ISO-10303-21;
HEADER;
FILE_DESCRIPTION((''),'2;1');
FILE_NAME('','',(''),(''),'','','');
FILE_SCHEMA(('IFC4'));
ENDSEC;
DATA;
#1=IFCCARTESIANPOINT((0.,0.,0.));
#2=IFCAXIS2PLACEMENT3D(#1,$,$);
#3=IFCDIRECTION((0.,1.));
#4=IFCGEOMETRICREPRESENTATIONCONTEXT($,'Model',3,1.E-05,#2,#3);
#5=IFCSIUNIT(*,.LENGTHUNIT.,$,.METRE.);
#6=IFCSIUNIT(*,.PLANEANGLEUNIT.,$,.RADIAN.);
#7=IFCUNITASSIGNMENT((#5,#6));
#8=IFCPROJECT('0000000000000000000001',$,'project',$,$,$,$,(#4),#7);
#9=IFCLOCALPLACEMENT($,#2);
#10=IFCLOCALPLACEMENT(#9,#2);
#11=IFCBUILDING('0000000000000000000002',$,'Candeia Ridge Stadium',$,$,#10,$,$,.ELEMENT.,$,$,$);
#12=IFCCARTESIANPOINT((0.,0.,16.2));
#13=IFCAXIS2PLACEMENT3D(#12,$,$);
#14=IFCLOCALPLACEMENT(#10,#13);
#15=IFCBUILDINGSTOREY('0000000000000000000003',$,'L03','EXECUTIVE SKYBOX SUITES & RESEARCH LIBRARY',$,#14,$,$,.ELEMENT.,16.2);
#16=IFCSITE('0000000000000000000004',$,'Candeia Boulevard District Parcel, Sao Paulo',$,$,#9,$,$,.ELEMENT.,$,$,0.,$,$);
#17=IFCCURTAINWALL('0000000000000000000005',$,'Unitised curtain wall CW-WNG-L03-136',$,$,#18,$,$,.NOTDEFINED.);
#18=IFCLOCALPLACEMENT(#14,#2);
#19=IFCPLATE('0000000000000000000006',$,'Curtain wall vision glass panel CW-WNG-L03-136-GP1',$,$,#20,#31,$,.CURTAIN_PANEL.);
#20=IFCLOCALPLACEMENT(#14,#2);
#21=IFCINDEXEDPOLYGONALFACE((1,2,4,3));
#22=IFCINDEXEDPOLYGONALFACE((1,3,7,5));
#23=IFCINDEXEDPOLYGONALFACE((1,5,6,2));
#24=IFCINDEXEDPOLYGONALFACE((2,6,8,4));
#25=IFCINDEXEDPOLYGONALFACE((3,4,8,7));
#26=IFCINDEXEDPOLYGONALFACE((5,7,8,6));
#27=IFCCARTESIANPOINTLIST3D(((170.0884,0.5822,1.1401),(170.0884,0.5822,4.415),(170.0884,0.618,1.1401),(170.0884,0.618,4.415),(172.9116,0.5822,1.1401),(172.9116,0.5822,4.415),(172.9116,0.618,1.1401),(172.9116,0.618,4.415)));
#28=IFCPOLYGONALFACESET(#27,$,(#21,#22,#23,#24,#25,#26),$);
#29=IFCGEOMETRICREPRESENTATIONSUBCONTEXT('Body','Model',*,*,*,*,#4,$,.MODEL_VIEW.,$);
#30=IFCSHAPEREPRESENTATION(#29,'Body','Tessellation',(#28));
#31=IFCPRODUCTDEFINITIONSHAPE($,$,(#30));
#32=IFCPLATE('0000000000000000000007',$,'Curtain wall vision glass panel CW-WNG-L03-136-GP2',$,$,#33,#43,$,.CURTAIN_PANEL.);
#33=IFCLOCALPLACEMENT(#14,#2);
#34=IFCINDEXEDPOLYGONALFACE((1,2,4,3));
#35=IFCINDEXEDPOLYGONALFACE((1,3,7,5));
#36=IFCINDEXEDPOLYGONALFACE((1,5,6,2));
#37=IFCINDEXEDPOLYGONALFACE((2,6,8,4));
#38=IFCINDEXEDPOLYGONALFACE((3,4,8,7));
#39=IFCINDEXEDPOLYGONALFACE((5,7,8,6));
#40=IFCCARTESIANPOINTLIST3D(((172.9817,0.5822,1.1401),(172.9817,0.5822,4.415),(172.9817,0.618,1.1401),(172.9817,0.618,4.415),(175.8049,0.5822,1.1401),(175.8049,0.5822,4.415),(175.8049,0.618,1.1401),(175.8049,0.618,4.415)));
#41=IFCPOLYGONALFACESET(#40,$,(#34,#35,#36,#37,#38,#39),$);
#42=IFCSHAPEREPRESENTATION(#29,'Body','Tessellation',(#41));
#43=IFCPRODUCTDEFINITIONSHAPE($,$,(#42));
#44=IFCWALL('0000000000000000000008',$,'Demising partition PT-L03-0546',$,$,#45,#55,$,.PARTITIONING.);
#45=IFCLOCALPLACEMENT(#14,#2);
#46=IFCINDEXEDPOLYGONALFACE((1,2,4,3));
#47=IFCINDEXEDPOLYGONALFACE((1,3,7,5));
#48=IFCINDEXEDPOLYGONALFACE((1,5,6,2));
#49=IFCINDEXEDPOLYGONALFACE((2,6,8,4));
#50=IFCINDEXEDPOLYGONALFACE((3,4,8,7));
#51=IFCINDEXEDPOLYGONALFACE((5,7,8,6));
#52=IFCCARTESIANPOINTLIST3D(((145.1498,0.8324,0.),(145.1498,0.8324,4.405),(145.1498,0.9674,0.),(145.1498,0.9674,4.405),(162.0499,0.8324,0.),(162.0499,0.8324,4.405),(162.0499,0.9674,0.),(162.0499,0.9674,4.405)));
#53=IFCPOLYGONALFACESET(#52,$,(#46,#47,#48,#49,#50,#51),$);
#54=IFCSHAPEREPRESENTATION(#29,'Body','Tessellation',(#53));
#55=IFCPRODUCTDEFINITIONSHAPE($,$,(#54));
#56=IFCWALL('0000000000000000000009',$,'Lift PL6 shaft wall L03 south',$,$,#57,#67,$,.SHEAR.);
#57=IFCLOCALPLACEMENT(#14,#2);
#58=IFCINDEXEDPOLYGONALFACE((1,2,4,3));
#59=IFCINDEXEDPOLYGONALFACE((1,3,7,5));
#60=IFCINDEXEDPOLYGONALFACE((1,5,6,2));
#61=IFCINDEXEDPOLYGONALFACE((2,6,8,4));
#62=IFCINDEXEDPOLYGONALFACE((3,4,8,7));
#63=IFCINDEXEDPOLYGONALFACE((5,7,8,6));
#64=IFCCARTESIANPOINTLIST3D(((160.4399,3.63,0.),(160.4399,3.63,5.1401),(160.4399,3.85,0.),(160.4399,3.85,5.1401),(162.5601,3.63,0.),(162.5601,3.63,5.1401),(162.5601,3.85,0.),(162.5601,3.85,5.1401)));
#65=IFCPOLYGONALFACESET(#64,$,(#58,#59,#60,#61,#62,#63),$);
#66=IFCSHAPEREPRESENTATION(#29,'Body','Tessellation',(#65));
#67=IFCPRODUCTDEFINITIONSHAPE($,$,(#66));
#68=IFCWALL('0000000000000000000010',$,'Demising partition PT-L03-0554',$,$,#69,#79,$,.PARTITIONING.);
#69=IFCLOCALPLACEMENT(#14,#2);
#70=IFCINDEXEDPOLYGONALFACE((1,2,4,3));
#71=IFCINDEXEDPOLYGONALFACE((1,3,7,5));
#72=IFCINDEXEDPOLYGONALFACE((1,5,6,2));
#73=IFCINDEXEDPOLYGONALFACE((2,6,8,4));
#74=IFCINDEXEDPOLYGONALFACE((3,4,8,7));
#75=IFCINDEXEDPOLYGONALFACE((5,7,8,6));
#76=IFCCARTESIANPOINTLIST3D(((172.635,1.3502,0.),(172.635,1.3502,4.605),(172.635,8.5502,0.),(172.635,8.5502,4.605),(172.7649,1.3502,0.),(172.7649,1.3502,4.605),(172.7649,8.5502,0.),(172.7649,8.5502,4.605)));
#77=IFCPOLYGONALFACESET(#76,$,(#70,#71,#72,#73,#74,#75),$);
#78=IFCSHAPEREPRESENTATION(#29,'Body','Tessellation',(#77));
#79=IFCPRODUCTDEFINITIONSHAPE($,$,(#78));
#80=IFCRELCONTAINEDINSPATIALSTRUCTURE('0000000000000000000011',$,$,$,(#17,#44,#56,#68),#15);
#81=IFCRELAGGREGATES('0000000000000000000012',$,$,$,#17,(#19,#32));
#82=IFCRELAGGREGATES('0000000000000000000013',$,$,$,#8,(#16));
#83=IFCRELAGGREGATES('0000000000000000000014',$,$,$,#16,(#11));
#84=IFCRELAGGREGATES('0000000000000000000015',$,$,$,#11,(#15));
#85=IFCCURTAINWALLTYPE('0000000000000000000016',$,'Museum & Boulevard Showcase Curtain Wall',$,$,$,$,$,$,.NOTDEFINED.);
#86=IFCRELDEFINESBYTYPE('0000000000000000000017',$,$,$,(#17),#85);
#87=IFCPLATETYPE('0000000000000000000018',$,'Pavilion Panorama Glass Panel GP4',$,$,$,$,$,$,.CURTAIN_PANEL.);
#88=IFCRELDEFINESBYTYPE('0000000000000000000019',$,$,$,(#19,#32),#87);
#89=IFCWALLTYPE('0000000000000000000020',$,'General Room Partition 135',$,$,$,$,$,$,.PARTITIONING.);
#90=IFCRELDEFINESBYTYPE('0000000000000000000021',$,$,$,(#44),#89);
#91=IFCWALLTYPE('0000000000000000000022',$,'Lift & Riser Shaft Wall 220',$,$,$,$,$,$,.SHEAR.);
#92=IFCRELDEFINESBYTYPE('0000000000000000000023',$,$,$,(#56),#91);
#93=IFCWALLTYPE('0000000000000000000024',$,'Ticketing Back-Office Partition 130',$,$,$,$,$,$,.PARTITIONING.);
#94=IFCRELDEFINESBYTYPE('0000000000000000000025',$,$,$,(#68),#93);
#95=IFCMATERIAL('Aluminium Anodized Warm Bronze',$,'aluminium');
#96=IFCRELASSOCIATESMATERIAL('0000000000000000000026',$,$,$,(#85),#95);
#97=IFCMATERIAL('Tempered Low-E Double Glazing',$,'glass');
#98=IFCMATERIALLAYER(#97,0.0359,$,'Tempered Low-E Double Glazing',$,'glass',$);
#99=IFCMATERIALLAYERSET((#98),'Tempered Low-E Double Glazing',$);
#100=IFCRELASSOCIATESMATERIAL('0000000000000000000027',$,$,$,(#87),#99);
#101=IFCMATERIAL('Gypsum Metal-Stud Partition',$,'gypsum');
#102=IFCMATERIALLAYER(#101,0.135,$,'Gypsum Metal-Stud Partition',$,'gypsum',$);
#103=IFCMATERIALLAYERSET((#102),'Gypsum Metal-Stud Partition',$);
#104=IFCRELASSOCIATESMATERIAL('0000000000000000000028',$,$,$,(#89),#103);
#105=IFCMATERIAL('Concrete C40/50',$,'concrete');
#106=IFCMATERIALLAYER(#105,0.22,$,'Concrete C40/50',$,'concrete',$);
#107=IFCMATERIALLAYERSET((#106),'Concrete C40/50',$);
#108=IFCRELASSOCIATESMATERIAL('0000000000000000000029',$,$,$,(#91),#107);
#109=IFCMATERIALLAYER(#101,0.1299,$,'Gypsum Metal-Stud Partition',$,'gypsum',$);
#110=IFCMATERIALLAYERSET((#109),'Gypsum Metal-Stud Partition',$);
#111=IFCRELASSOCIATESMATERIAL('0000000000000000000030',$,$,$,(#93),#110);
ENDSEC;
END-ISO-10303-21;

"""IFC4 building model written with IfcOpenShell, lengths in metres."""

from ifc_helpers import new_model, si_unit, direction, frame, frame_2d, origin, origin_2d, place, context, subcontext, project, spatial, rectangle, extrude, material, layer, layer_set, type_object, element, aggregate, save


model = new_model("IFC4")

# Units and contexts
model_context = context("Model", 3, precision=1e-05, world=origin(), true_north=direction((0.0, 1.0)))
body_context = subcontext(model_context, "Body", "Model", "MODEL_VIEW")
ifc_project = project(units=[si_unit("LENGTHUNIT", "METRE"), si_unit("PLANEANGLEUNIT", "RADIAN")], contexts=[model_context])

# Site, building, storey
site_placement = place(None, origin())
site = spatial("IfcSite", under=ifc_project, at=site_placement, Name="Candeia Boulevard District Parcel, Sao Paulo", CompositionType="ELEMENT", RefElevation=0.0)
building_placement = place(site_placement, origin())
building = spatial("IfcBuilding", under=site, at=building_placement, Name="Candeia Ridge Stadium", CompositionType="ELEMENT")
storey_placement = place(building_placement, frame((0.0, 0.0, 16.2)))
storey = spatial("IfcBuildingStorey", under=building, at=storey_placement, Name="L03", Description="EXECUTIVE SKYBOX SUITES & RESEARCH LIBRARY", CompositionType="ELEMENT", Elevation=16.2)

# Shared definitions
ifc_material_1 = material(Name="Concrete C40/50", Category="concrete")

# Curtain wall
ifc_material_2 = material(Name="Aluminium Anodized Warm Bronze", Category="aluminium")
curtain_wall_type = type_object("IfcCurtainWallType", Name="Museum & Boulevard Showcase Curtain Wall", PredefinedType="NOTDEFINED", material=ifc_material_2)
curtain_wall_placement = place(storey_placement, origin())
curtain_wall = element("IfcCurtainWall", 1, at=curtain_wall_placement, inside=storey, type_object=curtain_wall_type, Name="Unitised curtain wall CW-WNG-L03-136", PredefinedType="NOTDEFINED")

# Plates
ifc_material_3 = material(Name="Tempered Low-E Double Glazing", Category="glass")
ifc_layer_1 = layer(ifc_material_3, 0.0359, Name="Tempered Low-E Double Glazing", Category="glass")
ifc_layer_set_1 = layer_set([ifc_layer_1], Name="Tempered Low-E Double Glazing")
plate_type_1 = type_object("IfcPlateType", Name="Pavilion Panorama Glass Panel GP4", PredefinedType="CURTAIN_PANEL", material=ifc_layer_set_1)
plate_1_placement = place(storey_placement, frame((171.5, 0.6001, 1.1401), z_axis=(0.0, 0.0, 1.0), x_axis=(1.0, 0.0, 0.0)))
plate_1 = element("IfcPlate", 2, at=plate_1_placement, type_object=plate_type_1, Name="Curtain wall vision glass panel CW-WNG-L03-136-GP1", PredefinedType="CURTAIN_PANEL", context=body_context, shape_type="SweptSolid", body=[
    extrude(rectangle(XDim=2.8232, YDim=0.0359, at=origin_2d()), origin(), (0.0, 0.0, 1.0), 3.2749),
])
plate_2_placement = place(storey_placement, frame((174.3933, 0.6001, 1.1401), z_axis=(0.0, 0.0, 1.0), x_axis=(1.0, 0.0, 0.0)))
plate_2 = element("IfcPlate", 3, at=plate_2_placement, type_object=plate_type_1, Name="Curtain wall vision glass panel CW-WNG-L03-136-GP2", PredefinedType="CURTAIN_PANEL", context=body_context, shape_type="SweptSolid", body=[
    extrude(rectangle(XDim=2.8232, YDim=0.0359, at=origin_2d()), origin(), (0.0, 0.0, 1.0), 3.2749),
])
aggregate(curtain_wall, [plate_1, plate_2])

# Walls
ifc_material_4 = material(Name="Gypsum Metal-Stud Partition", Category="gypsum")
ifc_layer_2 = layer(ifc_material_4, 0.135, Name="Gypsum Metal-Stud Partition", Category="gypsum")
ifc_layer_set_2 = layer_set([ifc_layer_2], Name="Gypsum Metal-Stud Partition")
wall_type_1 = type_object("IfcWallType", Name="General Room Partition 135", PredefinedType="PARTITIONING", material=ifc_layer_set_2)
wall_1_placement = place(storey_placement, frame((162.05, 0.8999, 0.0), z_axis=(0.0, 0.0, 1.0), x_axis=(-1.0, 0.0, 0.0)))
element("IfcWall", 4, at=wall_1_placement, inside=storey, type_object=wall_type_1, Name="Demising partition PT-L03-0546", PredefinedType="PARTITIONING", context=body_context, shape_type="SweptSolid", body=[
    extrude(rectangle(XDim=16.9001, YDim=0.135, at=frame_2d((8.4502, 0.0))), origin(), (0.0, 0.0, 1.0), 4.405),
])
ifc_layer_3 = layer(ifc_material_1, 0.22, Name="Concrete C40/50", Category="concrete")
ifc_layer_set_3 = layer_set([ifc_layer_3], Name="Concrete C40/50")
wall_type_2 = type_object("IfcWallType", Name="Lift & Riser Shaft Wall 220", PredefinedType="SHEAR", material=ifc_layer_set_3)
wall_2_placement = place(storey_placement, frame((160.4399, 3.74, 0.0), z_axis=(0.0, 0.0, 1.0), x_axis=(1.0, 0.0, 0.0)))
element("IfcWall", 5, at=wall_2_placement, inside=storey, type_object=wall_type_2, Name="Lift PL6 shaft wall L03 south", PredefinedType="SHEAR", context=body_context, shape_type="SweptSolid", body=[
    extrude(rectangle(XDim=2.1201, YDim=0.22, at=frame_2d((1.0601, 0.0))), origin(), (0.0, 0.0, 1.0), 5.1401),
])
ifc_layer_4 = layer(ifc_material_4, 0.1299, Name="Gypsum Metal-Stud Partition", Category="gypsum")
ifc_layer_set_4 = layer_set([ifc_layer_4], Name="Gypsum Metal-Stud Partition")
wall_type_3 = type_object("IfcWallType", Name="Ticketing Back-Office Partition 130", PredefinedType="PARTITIONING", material=ifc_layer_set_4)
wall_3_placement = place(storey_placement, frame((172.7, 1.3501, 0.0), z_axis=(0.0, 0.0, 1.0), x_axis=(0.0, 1.0, 0.0)))
element("IfcWall", 6, at=wall_3_placement, inside=storey, type_object=wall_type_3, Name="Demising partition PT-L03-0554", PredefinedType="PARTITIONING", context=body_context, shape_type="SweptSolid", body=[
    extrude(rectangle(XDim=7.2, YDim=0.1299, at=frame_2d((3.6001, 0.0))), origin(), (0.0, 0.0, 1.0), 4.605),
])

save(model, "model.ifc")
